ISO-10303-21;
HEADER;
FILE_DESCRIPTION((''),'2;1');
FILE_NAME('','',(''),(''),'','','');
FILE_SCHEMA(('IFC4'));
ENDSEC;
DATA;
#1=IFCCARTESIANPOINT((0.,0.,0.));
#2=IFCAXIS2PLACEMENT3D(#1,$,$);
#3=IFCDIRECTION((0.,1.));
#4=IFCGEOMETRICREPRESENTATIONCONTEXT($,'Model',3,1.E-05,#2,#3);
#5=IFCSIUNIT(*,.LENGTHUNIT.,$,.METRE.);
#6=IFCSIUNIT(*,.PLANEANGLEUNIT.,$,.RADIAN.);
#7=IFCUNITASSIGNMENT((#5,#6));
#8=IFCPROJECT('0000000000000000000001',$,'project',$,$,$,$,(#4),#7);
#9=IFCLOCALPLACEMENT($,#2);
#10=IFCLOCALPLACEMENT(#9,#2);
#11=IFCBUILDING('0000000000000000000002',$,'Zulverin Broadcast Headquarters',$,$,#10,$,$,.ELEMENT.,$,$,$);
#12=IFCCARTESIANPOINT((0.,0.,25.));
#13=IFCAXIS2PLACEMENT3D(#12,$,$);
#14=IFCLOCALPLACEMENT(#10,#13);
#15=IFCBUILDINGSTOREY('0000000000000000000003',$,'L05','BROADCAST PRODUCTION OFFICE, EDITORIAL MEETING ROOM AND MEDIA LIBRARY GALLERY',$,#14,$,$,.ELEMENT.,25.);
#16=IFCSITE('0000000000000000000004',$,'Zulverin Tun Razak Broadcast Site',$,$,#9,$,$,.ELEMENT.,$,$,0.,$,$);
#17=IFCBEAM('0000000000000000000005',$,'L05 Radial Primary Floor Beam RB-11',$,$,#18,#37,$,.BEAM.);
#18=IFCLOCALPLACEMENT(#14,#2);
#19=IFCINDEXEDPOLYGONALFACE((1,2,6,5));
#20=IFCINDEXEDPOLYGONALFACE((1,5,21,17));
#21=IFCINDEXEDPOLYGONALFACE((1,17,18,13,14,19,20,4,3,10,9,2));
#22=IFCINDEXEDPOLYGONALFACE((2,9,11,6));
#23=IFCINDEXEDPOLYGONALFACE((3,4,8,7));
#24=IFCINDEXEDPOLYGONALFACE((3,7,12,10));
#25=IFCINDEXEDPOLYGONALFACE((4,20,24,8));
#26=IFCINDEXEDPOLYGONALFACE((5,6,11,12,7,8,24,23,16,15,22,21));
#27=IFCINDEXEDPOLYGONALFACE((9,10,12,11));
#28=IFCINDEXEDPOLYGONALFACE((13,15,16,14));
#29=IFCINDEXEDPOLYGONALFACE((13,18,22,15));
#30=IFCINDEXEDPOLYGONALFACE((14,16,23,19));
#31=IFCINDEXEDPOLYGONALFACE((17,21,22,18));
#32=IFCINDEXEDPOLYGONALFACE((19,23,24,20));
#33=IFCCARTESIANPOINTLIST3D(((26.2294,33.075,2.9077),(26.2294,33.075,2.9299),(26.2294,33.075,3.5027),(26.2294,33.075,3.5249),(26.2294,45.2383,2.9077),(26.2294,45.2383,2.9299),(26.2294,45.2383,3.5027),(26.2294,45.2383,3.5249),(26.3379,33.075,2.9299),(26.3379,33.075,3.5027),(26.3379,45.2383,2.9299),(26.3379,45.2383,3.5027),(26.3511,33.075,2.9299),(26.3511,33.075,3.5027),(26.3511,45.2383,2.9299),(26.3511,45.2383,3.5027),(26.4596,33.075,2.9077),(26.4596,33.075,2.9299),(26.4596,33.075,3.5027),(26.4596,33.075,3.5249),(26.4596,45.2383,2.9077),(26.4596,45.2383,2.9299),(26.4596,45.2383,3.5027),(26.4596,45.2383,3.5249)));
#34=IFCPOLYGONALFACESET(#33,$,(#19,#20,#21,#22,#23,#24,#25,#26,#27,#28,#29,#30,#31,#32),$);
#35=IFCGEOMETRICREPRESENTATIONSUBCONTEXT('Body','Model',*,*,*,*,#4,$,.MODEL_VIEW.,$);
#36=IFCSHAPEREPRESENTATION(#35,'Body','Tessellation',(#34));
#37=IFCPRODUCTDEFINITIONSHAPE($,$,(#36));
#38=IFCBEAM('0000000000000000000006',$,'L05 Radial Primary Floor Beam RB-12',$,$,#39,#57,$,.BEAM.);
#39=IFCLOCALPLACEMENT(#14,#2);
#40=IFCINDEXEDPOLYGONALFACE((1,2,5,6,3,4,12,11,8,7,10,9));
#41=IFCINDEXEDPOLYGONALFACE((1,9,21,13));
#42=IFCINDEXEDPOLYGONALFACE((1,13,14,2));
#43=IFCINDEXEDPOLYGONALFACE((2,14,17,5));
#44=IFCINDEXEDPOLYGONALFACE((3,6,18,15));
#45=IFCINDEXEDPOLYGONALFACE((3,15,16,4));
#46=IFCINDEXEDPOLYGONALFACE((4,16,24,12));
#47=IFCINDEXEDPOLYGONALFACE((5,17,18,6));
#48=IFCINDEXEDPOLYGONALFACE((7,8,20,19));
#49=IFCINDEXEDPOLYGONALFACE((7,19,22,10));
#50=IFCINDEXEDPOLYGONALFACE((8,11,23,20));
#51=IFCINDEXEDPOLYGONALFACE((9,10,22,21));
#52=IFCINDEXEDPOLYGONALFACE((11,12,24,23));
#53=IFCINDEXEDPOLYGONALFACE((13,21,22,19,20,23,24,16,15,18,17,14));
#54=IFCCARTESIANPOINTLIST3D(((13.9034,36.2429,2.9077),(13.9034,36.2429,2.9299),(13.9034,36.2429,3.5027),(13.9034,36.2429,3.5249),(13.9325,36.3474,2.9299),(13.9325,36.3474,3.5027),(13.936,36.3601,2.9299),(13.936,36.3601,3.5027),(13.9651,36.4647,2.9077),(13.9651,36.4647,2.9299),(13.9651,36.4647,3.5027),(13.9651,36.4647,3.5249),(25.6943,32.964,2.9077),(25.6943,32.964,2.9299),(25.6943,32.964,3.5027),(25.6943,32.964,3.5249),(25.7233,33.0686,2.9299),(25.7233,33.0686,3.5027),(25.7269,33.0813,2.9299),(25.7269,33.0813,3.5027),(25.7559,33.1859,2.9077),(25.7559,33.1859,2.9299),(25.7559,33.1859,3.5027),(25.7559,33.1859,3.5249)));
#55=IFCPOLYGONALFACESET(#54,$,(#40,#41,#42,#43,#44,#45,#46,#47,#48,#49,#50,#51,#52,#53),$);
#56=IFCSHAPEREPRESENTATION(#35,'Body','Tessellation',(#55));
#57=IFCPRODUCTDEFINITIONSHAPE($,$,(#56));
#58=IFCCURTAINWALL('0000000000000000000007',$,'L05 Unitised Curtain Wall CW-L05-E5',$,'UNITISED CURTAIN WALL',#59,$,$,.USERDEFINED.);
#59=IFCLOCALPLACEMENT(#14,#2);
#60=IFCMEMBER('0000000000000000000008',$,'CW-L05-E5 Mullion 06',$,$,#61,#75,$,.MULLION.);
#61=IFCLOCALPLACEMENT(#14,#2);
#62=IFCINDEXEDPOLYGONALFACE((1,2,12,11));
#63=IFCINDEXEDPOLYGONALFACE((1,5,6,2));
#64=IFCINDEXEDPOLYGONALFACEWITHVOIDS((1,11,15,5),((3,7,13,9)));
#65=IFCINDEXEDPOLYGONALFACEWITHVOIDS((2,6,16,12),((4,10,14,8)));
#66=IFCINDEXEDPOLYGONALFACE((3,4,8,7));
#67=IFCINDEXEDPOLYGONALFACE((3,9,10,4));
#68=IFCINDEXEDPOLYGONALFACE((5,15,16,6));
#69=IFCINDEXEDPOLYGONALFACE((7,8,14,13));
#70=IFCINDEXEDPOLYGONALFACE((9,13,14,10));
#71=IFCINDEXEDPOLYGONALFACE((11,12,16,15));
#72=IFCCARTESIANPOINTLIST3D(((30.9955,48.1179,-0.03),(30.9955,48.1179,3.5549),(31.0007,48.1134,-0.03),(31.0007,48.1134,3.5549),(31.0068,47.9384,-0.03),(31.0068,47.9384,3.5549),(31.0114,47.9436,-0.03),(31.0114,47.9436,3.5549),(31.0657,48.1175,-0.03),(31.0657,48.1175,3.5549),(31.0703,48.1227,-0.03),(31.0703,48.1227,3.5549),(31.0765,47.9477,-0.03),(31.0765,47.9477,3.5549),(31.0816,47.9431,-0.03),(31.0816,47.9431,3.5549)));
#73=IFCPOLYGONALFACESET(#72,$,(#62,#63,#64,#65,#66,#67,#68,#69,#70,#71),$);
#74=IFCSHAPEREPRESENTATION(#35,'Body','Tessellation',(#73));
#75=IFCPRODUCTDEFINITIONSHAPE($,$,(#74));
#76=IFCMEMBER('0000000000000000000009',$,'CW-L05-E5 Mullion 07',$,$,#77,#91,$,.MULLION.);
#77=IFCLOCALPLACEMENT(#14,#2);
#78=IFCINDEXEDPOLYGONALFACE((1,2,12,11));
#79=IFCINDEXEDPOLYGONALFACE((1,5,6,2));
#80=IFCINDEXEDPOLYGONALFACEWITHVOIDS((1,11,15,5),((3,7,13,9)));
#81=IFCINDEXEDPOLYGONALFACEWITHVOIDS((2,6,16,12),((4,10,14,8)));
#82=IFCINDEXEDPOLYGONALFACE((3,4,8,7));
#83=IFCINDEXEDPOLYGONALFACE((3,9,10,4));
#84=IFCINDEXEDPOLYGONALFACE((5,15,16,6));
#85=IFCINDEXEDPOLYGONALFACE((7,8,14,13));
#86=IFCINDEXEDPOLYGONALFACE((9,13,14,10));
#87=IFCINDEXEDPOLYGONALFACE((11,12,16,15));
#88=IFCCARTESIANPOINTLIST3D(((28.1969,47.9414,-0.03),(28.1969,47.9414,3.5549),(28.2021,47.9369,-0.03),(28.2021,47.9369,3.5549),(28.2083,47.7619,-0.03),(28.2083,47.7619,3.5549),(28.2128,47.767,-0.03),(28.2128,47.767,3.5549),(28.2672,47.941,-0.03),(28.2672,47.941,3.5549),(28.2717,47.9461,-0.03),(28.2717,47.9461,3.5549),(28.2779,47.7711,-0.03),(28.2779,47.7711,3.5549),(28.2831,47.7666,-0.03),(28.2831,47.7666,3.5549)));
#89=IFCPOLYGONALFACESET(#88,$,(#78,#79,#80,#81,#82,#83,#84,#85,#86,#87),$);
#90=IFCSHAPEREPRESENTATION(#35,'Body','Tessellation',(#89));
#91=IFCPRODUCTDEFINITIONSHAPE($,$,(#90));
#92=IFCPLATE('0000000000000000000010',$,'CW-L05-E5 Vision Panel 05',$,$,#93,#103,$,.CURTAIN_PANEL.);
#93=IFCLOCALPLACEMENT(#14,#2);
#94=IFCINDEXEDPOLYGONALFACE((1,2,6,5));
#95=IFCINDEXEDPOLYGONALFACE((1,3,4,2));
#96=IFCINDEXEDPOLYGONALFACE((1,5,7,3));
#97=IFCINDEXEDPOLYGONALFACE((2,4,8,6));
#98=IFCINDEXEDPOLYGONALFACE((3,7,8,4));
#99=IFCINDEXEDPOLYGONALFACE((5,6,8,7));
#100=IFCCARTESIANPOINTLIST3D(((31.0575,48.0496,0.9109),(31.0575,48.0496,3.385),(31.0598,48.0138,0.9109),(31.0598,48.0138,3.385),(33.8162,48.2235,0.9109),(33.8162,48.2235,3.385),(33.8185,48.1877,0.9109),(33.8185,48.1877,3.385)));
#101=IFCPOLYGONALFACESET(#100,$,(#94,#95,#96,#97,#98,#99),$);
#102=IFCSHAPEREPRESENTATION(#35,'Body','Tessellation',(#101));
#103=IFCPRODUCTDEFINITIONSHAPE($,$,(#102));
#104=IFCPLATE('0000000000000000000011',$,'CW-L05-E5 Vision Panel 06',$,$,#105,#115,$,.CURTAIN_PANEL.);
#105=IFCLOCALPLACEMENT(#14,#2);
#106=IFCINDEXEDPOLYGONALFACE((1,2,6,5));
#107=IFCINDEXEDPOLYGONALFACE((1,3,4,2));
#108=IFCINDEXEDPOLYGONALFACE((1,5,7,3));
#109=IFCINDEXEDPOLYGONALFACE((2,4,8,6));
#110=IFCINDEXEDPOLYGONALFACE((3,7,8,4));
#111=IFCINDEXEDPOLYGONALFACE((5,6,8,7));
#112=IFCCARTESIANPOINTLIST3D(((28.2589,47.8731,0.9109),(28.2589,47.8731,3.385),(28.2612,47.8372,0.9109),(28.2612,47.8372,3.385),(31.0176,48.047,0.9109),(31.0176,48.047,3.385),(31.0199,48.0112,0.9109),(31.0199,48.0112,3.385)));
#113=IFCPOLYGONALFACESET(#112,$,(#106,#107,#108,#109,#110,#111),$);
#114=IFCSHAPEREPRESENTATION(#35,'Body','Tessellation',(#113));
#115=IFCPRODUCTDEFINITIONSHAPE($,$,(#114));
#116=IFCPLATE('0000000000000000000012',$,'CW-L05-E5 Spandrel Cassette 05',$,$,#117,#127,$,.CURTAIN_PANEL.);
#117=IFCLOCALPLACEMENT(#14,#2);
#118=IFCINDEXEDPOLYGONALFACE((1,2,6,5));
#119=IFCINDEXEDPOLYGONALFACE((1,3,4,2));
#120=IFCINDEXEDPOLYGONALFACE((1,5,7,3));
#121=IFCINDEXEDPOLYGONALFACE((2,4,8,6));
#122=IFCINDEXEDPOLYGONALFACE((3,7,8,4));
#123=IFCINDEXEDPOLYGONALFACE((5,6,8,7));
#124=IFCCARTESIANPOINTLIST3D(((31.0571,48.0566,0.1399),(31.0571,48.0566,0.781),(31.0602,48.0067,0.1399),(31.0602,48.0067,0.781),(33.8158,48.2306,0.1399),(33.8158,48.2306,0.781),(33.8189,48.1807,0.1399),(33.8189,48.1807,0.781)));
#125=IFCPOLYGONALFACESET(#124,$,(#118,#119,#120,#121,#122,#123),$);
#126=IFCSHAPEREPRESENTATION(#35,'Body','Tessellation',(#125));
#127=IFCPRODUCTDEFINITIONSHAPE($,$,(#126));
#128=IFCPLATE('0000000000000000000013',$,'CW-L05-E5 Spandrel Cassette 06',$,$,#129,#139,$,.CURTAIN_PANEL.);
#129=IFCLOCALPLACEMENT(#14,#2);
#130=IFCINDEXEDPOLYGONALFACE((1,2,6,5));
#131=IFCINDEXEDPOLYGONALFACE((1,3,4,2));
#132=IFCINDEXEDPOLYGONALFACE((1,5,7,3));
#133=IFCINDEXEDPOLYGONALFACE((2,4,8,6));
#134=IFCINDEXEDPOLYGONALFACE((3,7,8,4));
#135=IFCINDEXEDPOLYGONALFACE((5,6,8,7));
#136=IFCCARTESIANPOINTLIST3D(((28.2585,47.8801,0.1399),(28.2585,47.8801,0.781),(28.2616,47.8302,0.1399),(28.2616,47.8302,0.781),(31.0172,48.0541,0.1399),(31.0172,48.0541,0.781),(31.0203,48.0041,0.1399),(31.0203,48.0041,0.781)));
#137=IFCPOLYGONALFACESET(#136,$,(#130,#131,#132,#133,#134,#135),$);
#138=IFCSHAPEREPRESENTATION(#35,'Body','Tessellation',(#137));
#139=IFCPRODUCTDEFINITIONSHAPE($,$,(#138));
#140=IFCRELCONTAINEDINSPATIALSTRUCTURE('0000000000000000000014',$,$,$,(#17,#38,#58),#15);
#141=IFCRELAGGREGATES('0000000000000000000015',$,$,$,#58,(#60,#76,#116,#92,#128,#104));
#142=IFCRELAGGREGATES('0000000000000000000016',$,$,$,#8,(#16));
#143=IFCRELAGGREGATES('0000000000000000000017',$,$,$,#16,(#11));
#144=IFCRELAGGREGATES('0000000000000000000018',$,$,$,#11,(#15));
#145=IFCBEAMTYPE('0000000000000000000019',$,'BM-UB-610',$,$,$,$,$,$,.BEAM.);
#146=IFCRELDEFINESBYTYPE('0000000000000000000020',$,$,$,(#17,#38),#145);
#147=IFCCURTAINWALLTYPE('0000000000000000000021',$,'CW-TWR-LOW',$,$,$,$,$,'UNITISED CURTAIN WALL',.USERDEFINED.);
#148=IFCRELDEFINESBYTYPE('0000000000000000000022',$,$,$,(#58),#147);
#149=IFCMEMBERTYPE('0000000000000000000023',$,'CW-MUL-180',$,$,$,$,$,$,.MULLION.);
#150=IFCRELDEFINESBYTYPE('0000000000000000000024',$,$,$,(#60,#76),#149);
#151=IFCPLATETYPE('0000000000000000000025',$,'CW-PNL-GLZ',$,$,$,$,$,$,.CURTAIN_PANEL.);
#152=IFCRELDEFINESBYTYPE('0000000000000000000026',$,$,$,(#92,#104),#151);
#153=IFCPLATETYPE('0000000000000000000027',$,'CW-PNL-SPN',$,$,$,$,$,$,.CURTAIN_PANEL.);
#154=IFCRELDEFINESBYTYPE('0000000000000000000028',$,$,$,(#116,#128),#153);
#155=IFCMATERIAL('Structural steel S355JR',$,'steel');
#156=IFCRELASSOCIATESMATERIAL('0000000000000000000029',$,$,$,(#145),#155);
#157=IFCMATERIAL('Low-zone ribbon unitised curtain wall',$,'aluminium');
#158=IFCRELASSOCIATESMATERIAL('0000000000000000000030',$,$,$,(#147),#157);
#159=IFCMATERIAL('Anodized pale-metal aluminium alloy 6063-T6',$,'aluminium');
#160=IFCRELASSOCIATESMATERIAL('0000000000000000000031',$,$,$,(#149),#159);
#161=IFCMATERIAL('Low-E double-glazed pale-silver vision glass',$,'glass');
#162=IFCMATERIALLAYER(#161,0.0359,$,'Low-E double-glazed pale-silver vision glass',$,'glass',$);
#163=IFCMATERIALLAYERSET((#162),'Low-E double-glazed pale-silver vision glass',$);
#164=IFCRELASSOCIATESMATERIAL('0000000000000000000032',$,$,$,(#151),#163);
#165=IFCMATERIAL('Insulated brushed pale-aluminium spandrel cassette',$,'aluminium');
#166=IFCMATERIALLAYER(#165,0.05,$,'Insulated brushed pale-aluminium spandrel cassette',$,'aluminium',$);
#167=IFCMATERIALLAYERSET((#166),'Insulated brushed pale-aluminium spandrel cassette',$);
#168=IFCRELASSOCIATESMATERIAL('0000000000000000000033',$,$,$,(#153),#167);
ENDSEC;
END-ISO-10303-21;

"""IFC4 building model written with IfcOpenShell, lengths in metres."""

from ifc_helpers import new_model, si_unit, direction, frame, origin, origin_2d, place, context, subcontext, project, spatial, rectangle, hollow_rectangle, i_section, extrude, material, layer, layer_set, material_profile, profile_set, type_object, element, aggregate, save


model = new_model("IFC4")

# Units and contexts
model_context = context("Model", 3, precision=1e-05, world=origin(), true_north=direction((0.0, 1.0)))
body_context = subcontext(model_context, "Body", "Model", "MODEL_VIEW")
ifc_project = project(units=[si_unit("LENGTHUNIT", "METRE"), si_unit("PLANEANGLEUNIT", "RADIAN")], contexts=[model_context])

# Site, building, storey
site_placement = place(None, origin())
site = spatial("IfcSite", under=ifc_project, at=site_placement, Name="Zulverin Tun Razak Broadcast Site", CompositionType="ELEMENT", RefElevation=0.0)
building_placement = place(site_placement, origin())
building = spatial("IfcBuilding", under=site, at=building_placement, Name="Zulverin Broadcast Headquarters", CompositionType="ELEMENT")
storey_placement = place(building_placement, frame((0.0, 0.0, 25.0)))
storey = spatial("IfcBuildingStorey", under=building, at=storey_placement, Name="L05", Description="BROADCAST PRODUCTION OFFICE, EDITORIAL MEETING ROOM AND MEDIA LIBRARY GALLERY", CompositionType="ELEMENT", Elevation=25.0)

# Beams
ifc_material_1 = material(Name="Structural steel S355JR", Category="steel")
ifc_material_profile_1 = material_profile(ifc_material_1, i_section(OverallWidth=0.2302, OverallDepth=0.6172, WebThickness=0.0132, FlangeThickness=0.0222, at=origin_2d()), Name="Structural steel S355JR", Category="steel")
ifc_profile_set_1 = profile_set([ifc_material_profile_1], Name="Structural steel S355JR")
beam_type_1 = type_object("IfcBeamType", Name="BM-UB-610", PredefinedType="BEAM", material=ifc_profile_set_1)
beam_1_placement = place(storey_placement, frame((26.3445, 33.075, 3.2163), z_axis=(0.0, 1.0, 0.0), x_axis=(-1.0, 0.0, 0.0)))
element("IfcBeam", 1, at=beam_1_placement, inside=storey, type_object=beam_type_1, Name="L05 Radial Primary Floor Beam RB-11", PredefinedType="BEAM", context=body_context, shape_type="SweptSolid", body=[
    extrude(i_section(OverallWidth=0.2302, OverallDepth=0.6172, WebThickness=0.0132, FlangeThickness=0.0222, at=origin_2d()), origin(), (0.0, 0.0, 1.0), 12.1633),
])
beam_2_placement = place(storey_placement, frame((25.7251, 33.075, 3.2163), z_axis=(-0.963442, 0.267917, 0.0), x_axis=(-0.267917, -0.963442, 0.0)))
element("IfcBeam", 2, at=beam_2_placement, inside=storey, type_object=beam_type_1, Name="L05 Radial Primary Floor Beam RB-12", PredefinedType="BEAM", context=body_context, shape_type="SweptSolid", body=[
    extrude(i_section(OverallWidth=0.2302, OverallDepth=0.6172, WebThickness=0.0132, FlangeThickness=0.0222, at=origin_2d()), origin(), (0.0, 0.0, 1.0), 12.2383),
])

# Curtain wall, members, plates
ifc_material_2 = material(Name="Low-zone ribbon unitised curtain wall", Category="aluminium")
curtain_wall_type = type_object("IfcCurtainWallType", Name="CW-TWR-LOW", ElementType="UNITISED CURTAIN WALL", PredefinedType="USERDEFINED", material=ifc_material_2)
curtain_wall_placement = place(storey_placement, origin())
curtain_wall = element("IfcCurtainWall", 3, at=curtain_wall_placement, inside=storey, type_object=curtain_wall_type, Name="L05 Unitised Curtain Wall CW-L05-E5", ObjectType="UNITISED CURTAIN WALL", PredefinedType="USERDEFINED")
ifc_material_3 = material(Name="Anodized pale-metal aluminium alloy 6063-T6", Category="aluminium")
ifc_material_profile_2 = material_profile(ifc_material_3, hollow_rectangle(XDim=0.075, YDim=0.1799, WallThickness=0.0049, at=origin_2d()), Name="Anodized pale-metal aluminium alloy 6063-T6", Category="aluminium")
ifc_profile_set_2 = profile_set([ifc_material_profile_2], Name="Anodized pale-metal aluminium alloy 6063-T6")
member_type = type_object("IfcMemberType", Name="CW-MUL-180", PredefinedType="MULLION", material=ifc_profile_set_2)
member_1_placement = place(storey_placement, frame((31.0386, 48.0305, -0.03), z_axis=(0.0, 0.0, 1.0), x_axis=(-0.998018, -0.062935, 0.0)))
member_1 = element("IfcMember", 4, at=member_1_placement, type_object=member_type, Name="CW-L05-E5 Mullion 06", PredefinedType="MULLION", context=body_context, shape_type="SweptSolid", body=[
    extrude(hollow_rectangle(XDim=0.075, YDim=0.1799, WallThickness=0.0049, at=origin_2d()), origin(), (0.0, 0.0, 1.0), 3.585),
])
member_2_placement = place(storey_placement, frame((28.24, 47.854, -0.03), z_axis=(0.0, 0.0, 1.0), x_axis=(-0.998018, -0.062935, 0.0)))
member_2 = element("IfcMember", 5, at=member_2_placement, type_object=member_type, Name="CW-L05-E5 Mullion 07", PredefinedType="MULLION", context=body_context, shape_type="SweptSolid", body=[
    extrude(hollow_rectangle(XDim=0.075, YDim=0.1799, WallThickness=0.0049, at=origin_2d()), origin(), (0.0, 0.0, 1.0), 3.585),
])
ifc_material_4 = material(Name="Low-E double-glazed pale-silver vision glass", Category="glass")
ifc_layer_1 = layer(ifc_material_4, 0.0359, Name="Low-E double-glazed pale-silver vision glass", Category="glass")
ifc_layer_set_1 = layer_set([ifc_layer_1], Name="Low-E double-glazed pale-silver vision glass")
plate_type_1 = type_object("IfcPlateType", Name="CW-PNL-GLZ", PredefinedType="CURTAIN_PANEL", material=ifc_layer_set_1)
plate_1_placement = place(storey_placement, frame((32.438, 48.1187, 0.9109), z_axis=(0.0, 0.0, 1.0), x_axis=(-0.998018, -0.062935, 0.0)))
plate_1 = element("IfcPlate", 6, at=plate_1_placement, type_object=plate_type_1, Name="CW-L05-E5 Vision Panel 05", PredefinedType="CURTAIN_PANEL", context=body_context, shape_type="SweptSolid", body=[
    extrude(rectangle(XDim=2.7642, YDim=0.0359, at=origin_2d()), origin(), (0.0, 0.0, 1.0), 2.4741),
])
plate_2_placement = place(storey_placement, frame((29.6394, 47.9421, 0.9109), z_axis=(0.0, 0.0, 1.0), x_axis=(-0.998018, -0.062935, 0.0)))
plate_2 = element("IfcPlate", 7, at=plate_2_placement, type_object=plate_type_1, Name="CW-L05-E5 Vision Panel 06", PredefinedType="CURTAIN_PANEL", context=body_context, shape_type="SweptSolid", body=[
    extrude(rectangle(XDim=2.7642, YDim=0.0359, at=origin_2d()), origin(), (0.0, 0.0, 1.0), 2.4741),
])
ifc_material_5 = material(Name="Insulated brushed pale-aluminium spandrel cassette", Category="aluminium")
ifc_layer_2 = layer(ifc_material_5, 0.05, Name="Insulated brushed pale-aluminium spandrel cassette", Category="aluminium")
ifc_layer_set_2 = layer_set([ifc_layer_2], Name="Insulated brushed pale-aluminium spandrel cassette")
plate_type_2 = type_object("IfcPlateType", Name="CW-PNL-SPN", PredefinedType="CURTAIN_PANEL", material=ifc_layer_set_2)
plate_3_placement = place(storey_placement, frame((32.438, 48.1187, 0.1399), z_axis=(0.0, 0.0, 1.0), x_axis=(-0.998018, -0.062935, 0.0)))
plate_3 = element("IfcPlate", 8, at=plate_3_placement, type_object=plate_type_2, Name="CW-L05-E5 Spandrel Cassette 05", PredefinedType="CURTAIN_PANEL", context=body_context, shape_type="SweptSolid", body=[
    extrude(rectangle(XDim=2.7642, YDim=0.05, at=origin_2d()), origin(), (0.0, 0.0, 1.0), 0.6411),
])
plate_4_placement = place(storey_placement, frame((29.6394, 47.9421, 0.1399), z_axis=(0.0, 0.0, 1.0), x_axis=(-0.998018, -0.062935, 0.0)))
plate_4 = element("IfcPlate", 9, at=plate_4_placement, type_object=plate_type_2, Name="CW-L05-E5 Spandrel Cassette 06", PredefinedType="CURTAIN_PANEL", context=body_context, shape_type="SweptSolid", body=[
    extrude(rectangle(XDim=2.7642, YDim=0.05, at=origin_2d()), origin(), (0.0, 0.0, 1.0), 0.6411),
])
aggregate(curtain_wall, [member_1, member_2, plate_3, plate_1, plate_4, plate_2])

save(model, "model.ifc")
